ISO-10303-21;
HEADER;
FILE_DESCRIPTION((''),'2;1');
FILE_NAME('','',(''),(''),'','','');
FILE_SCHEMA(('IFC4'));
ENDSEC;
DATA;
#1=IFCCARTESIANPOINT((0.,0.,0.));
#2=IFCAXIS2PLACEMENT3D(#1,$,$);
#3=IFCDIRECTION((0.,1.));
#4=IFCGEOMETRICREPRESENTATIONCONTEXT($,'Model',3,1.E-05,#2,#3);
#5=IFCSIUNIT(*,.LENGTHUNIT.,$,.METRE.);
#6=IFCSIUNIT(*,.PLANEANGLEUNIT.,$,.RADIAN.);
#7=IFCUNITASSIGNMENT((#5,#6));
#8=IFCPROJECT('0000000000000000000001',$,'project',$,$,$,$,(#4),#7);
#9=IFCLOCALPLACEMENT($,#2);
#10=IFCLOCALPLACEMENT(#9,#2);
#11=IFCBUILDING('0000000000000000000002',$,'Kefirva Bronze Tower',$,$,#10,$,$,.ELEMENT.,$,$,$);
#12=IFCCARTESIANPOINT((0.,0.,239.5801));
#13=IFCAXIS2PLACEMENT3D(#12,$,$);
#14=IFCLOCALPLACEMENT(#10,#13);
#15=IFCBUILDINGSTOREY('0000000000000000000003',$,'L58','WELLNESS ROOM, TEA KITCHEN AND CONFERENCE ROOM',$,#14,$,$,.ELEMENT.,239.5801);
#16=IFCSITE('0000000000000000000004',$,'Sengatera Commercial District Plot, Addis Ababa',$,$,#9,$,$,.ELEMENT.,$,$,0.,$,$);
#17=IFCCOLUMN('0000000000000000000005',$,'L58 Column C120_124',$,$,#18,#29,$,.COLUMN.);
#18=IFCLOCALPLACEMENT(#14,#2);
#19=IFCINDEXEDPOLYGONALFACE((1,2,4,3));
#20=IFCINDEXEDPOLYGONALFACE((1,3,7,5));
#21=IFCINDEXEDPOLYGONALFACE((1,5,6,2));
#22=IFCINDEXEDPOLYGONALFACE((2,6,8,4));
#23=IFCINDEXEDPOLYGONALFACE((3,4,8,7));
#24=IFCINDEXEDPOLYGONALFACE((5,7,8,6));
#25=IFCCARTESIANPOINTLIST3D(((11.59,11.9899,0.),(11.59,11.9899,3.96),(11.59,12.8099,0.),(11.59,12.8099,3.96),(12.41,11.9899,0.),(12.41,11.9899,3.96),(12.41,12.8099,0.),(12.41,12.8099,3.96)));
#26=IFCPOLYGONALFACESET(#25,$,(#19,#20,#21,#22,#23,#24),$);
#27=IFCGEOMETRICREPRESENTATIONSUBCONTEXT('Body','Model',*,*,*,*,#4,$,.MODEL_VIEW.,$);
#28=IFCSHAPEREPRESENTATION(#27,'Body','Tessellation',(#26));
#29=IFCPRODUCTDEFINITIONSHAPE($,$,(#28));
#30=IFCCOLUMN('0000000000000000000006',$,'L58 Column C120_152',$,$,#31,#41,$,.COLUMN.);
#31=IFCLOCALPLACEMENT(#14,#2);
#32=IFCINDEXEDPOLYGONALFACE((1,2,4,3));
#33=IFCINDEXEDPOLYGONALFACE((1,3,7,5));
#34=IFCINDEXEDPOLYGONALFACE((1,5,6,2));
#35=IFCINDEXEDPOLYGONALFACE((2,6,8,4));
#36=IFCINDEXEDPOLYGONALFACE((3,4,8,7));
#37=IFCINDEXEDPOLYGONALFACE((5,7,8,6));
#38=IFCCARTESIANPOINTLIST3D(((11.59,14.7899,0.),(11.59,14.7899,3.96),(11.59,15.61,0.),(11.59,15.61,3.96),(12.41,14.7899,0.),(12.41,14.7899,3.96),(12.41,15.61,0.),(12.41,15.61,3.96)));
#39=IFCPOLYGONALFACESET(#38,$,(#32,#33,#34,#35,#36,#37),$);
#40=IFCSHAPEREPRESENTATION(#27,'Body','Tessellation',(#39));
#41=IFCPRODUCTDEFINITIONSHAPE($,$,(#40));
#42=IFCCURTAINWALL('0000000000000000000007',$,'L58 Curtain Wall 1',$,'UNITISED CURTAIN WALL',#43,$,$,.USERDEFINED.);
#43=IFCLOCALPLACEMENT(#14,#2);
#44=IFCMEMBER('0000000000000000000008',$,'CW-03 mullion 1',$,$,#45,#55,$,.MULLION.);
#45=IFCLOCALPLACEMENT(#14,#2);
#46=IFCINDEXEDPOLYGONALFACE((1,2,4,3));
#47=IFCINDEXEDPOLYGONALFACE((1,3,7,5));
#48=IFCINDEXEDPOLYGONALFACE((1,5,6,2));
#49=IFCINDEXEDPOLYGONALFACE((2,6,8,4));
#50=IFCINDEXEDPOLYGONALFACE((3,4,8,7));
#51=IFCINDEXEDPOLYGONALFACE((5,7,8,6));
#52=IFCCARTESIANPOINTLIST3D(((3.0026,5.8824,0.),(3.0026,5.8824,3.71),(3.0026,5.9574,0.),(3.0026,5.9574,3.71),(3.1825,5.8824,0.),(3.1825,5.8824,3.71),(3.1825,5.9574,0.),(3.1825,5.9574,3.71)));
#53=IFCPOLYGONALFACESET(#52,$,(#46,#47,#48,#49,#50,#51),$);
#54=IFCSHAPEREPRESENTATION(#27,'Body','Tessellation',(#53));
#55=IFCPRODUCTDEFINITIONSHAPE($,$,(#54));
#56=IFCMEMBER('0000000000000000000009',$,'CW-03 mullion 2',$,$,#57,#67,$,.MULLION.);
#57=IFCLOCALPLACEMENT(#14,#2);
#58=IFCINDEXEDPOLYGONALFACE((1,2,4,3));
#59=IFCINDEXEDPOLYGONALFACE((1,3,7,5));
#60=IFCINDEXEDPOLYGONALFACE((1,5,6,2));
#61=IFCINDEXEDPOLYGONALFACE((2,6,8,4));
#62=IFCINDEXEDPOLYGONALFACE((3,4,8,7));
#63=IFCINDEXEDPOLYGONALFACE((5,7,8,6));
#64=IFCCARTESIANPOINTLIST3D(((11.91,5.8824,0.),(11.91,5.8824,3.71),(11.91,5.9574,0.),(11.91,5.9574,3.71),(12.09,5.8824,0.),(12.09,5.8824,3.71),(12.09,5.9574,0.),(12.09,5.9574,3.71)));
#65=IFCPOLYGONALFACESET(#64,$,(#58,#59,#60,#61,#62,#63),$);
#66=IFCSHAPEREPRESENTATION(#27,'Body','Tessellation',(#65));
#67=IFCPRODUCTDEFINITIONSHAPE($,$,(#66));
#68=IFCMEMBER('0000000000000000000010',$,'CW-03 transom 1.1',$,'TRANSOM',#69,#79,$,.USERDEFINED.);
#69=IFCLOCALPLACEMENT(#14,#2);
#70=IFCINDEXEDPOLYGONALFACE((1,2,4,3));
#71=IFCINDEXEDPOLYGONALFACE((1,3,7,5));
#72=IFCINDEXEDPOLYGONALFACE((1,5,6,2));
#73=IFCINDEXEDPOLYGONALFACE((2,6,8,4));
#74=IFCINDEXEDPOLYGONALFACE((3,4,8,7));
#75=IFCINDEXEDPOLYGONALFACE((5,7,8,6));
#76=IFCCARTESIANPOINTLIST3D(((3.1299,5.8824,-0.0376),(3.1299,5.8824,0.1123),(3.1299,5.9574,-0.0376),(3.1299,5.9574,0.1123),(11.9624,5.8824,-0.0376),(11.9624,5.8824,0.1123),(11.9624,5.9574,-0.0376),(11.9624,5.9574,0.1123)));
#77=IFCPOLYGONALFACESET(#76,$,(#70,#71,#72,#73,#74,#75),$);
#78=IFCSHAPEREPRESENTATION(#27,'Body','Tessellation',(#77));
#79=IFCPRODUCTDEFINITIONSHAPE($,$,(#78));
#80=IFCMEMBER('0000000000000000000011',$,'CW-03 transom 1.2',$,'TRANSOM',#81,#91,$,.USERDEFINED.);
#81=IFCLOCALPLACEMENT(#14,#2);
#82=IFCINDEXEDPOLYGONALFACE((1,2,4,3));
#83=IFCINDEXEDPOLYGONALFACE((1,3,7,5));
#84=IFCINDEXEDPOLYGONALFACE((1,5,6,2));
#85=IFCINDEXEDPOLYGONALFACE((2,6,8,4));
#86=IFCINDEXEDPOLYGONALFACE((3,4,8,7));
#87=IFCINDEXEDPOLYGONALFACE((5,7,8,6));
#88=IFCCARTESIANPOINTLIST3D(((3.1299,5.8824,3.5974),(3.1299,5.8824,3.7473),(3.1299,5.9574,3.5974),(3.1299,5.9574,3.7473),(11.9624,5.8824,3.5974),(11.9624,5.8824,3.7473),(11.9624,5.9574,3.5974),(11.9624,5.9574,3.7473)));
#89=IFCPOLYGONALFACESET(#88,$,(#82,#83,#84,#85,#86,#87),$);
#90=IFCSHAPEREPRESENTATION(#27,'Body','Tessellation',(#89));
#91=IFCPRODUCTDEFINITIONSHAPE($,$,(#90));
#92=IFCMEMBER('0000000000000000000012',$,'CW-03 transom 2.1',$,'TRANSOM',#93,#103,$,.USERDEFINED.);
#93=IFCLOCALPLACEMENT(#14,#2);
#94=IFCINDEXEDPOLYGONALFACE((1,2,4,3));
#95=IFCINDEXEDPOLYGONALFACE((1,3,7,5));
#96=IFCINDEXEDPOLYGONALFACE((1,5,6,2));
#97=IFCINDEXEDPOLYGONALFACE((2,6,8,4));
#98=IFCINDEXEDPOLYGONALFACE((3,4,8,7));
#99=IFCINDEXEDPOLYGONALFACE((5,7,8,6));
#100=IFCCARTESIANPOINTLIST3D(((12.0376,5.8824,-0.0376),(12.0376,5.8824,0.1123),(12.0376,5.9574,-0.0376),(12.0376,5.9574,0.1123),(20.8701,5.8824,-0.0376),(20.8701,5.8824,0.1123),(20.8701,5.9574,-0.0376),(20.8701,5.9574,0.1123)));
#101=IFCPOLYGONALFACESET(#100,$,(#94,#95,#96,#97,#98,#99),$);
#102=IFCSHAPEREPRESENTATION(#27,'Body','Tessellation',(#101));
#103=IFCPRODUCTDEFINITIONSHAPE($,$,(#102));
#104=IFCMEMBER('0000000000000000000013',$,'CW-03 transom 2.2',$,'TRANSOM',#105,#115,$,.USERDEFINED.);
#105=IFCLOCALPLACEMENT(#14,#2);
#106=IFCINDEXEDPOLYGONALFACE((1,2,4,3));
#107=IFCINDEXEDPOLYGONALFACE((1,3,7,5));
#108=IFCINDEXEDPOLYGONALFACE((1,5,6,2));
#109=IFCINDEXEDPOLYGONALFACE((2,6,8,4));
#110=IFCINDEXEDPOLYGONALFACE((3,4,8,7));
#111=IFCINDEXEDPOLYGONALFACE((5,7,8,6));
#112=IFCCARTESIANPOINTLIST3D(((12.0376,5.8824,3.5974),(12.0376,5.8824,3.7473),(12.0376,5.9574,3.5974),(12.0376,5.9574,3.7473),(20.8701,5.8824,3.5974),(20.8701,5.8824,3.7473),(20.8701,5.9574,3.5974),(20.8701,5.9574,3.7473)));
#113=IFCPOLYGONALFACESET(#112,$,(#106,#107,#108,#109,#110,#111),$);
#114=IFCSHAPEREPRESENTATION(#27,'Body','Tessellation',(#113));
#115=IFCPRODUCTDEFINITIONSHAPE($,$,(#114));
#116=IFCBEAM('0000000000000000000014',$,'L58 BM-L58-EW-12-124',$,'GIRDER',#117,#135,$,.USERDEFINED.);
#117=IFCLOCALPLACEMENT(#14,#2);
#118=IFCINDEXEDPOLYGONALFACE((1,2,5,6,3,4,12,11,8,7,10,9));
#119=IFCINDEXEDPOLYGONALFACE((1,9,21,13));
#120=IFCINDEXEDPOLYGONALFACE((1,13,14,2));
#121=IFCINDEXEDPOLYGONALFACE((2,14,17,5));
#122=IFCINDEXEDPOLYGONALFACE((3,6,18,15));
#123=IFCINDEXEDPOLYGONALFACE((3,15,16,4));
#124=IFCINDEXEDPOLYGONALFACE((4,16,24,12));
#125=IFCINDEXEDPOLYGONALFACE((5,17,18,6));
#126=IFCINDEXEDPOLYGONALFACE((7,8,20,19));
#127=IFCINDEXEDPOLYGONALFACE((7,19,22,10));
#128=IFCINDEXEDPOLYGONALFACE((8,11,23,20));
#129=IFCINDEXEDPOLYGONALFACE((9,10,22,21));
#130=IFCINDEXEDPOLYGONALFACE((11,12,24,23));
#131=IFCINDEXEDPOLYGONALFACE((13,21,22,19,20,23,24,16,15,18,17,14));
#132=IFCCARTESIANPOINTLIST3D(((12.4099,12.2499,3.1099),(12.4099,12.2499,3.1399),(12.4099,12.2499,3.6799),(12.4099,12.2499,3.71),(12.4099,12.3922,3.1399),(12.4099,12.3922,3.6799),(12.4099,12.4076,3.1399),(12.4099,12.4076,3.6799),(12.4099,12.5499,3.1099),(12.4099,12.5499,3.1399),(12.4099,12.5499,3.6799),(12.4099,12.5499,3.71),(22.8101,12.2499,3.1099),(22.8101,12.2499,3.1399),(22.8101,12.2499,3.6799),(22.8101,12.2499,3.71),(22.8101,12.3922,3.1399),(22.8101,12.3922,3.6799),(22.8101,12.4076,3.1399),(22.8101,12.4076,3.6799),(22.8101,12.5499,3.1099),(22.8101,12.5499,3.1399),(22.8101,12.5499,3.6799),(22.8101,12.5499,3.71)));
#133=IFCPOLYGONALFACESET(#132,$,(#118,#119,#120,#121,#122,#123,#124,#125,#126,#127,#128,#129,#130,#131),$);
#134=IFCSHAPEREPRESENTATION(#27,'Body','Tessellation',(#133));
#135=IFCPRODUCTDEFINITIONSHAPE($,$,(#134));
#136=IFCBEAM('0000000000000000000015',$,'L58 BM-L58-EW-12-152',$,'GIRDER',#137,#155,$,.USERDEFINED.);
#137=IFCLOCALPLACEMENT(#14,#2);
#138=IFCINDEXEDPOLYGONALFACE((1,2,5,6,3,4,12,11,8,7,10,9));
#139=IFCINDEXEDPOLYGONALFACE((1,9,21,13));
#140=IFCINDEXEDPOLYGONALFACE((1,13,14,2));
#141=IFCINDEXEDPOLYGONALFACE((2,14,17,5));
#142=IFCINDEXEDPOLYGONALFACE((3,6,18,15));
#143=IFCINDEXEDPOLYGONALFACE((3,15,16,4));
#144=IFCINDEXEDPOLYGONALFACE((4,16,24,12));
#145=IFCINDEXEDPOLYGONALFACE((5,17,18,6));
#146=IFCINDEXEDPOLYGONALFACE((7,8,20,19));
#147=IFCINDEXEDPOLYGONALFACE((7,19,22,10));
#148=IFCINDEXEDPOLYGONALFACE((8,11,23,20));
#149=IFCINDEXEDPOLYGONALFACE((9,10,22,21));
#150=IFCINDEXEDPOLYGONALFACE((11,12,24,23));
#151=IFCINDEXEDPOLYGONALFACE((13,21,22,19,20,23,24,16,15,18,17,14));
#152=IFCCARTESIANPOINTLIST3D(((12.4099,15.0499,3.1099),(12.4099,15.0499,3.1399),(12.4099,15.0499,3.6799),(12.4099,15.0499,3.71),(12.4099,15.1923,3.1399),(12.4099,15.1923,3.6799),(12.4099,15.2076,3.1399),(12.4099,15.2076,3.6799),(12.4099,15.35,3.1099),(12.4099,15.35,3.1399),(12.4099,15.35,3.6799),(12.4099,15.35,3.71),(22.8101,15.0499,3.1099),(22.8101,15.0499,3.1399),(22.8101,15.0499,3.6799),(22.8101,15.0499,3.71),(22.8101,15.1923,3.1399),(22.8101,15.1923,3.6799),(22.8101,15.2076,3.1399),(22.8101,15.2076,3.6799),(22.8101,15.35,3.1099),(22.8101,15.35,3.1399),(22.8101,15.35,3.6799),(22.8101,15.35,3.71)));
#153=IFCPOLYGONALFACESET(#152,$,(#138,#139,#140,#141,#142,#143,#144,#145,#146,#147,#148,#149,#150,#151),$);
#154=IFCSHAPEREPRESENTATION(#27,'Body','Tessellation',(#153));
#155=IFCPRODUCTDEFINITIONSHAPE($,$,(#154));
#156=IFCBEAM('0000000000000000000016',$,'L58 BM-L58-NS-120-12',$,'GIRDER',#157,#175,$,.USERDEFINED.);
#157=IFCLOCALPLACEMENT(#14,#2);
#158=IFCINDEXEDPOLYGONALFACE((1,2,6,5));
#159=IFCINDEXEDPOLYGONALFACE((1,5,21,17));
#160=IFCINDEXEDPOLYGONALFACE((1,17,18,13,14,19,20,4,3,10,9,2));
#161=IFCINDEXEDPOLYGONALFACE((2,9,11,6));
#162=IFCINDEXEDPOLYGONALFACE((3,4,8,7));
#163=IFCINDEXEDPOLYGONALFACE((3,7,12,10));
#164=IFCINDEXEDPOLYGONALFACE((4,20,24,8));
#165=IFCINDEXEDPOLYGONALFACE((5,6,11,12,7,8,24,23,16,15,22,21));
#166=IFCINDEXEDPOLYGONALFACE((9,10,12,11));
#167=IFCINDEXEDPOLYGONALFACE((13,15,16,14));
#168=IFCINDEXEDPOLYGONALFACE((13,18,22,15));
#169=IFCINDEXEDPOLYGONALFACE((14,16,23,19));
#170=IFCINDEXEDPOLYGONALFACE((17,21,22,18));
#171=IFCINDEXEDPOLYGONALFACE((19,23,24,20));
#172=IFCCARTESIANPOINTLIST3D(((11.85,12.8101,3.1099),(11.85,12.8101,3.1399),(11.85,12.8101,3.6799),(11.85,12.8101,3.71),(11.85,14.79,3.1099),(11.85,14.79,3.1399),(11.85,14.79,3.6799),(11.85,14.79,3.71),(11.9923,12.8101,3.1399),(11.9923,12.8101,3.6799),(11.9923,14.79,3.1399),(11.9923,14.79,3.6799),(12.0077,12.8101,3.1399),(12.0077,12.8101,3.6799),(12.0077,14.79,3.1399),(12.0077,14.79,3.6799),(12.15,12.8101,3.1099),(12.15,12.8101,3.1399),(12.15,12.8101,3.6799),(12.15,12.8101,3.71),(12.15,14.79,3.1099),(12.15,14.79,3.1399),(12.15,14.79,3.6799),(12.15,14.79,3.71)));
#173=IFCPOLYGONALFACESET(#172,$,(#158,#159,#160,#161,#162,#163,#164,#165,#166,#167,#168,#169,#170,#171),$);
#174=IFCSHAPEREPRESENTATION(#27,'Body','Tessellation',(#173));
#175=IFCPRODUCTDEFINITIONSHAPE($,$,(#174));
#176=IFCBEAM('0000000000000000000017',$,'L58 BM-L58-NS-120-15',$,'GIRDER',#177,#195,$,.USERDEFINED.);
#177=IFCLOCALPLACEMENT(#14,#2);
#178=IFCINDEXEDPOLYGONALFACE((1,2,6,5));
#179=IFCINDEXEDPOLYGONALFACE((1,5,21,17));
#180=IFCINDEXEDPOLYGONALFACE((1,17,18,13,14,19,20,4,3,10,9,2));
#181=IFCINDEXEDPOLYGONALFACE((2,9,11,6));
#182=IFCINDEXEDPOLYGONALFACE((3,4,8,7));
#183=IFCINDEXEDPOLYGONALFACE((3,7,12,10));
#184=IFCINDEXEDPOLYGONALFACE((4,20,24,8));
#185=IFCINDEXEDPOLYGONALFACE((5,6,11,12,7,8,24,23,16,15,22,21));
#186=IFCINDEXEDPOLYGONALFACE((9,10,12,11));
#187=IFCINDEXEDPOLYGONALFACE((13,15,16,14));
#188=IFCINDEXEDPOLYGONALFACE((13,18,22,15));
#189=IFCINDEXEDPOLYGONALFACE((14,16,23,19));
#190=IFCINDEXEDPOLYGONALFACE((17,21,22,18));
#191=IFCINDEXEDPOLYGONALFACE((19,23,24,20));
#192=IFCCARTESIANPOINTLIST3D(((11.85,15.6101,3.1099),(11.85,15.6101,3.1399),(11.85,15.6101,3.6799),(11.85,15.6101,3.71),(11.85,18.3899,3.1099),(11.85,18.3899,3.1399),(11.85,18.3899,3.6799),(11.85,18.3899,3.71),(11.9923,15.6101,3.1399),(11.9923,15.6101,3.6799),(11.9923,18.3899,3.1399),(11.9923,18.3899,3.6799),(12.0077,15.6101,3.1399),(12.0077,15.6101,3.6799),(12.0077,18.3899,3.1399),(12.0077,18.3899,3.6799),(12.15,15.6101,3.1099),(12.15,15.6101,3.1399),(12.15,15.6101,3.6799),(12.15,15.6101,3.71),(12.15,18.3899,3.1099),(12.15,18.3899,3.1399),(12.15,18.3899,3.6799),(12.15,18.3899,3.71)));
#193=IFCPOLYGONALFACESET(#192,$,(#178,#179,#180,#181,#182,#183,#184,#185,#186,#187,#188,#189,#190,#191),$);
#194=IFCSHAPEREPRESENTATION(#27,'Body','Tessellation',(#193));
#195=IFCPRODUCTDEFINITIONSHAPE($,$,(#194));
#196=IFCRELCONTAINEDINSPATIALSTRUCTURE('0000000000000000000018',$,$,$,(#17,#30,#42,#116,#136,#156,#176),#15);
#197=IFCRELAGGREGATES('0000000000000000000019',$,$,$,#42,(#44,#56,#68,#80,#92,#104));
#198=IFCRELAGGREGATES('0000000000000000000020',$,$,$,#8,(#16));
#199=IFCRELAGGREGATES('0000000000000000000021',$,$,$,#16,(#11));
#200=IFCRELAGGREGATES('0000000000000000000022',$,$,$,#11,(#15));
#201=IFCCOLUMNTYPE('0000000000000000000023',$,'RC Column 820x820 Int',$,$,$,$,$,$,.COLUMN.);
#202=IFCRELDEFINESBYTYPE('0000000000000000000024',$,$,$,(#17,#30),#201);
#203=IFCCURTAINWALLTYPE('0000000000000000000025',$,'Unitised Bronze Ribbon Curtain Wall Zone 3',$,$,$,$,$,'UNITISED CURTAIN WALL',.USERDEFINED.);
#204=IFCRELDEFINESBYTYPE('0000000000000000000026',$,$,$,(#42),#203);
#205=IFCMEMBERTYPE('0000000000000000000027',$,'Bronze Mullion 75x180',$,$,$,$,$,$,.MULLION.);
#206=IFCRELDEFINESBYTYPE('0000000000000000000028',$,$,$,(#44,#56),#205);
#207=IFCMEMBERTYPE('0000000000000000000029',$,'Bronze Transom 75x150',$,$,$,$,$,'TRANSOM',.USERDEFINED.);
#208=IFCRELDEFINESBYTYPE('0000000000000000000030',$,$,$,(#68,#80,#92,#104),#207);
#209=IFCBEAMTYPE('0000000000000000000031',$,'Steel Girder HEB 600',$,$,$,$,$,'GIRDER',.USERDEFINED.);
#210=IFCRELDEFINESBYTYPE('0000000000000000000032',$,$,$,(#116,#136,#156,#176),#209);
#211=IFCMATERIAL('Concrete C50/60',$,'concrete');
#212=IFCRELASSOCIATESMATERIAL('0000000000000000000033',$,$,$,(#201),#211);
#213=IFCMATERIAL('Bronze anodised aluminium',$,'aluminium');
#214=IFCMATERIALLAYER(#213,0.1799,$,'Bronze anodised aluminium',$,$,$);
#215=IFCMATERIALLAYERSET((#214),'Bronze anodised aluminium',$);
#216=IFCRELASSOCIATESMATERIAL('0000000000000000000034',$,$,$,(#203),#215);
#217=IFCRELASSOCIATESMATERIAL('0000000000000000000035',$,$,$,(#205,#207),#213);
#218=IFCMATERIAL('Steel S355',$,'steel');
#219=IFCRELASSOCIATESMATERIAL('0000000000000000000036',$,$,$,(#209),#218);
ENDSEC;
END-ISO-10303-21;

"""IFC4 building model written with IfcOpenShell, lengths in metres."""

from ifc_helpers import new_model, si_unit, direction, frame, origin, origin_2d, place, context, subcontext, project, spatial, rectangle, i_section, extrude, material, layer, layer_set, material_profile, profile_set, type_object, element, aggregate, save


model = new_model("IFC4")

# Units and contexts
model_context = context("Model", 3, precision=1e-05, world=origin(), true_north=direction((0.0, 1.0)))
body_context = subcontext(model_context, "Body", "Model", "MODEL_VIEW")
ifc_project = project(units=[si_unit("LENGTHUNIT", "METRE"), si_unit("PLANEANGLEUNIT", "RADIAN")], contexts=[model_context])

# Site, building, storey
site_placement = place(None, origin())
site = spatial("IfcSite", under=ifc_project, at=site_placement, Name="Sengatera Commercial District Plot, Addis Ababa", CompositionType="ELEMENT", RefElevation=0.0)
building_placement = place(site_placement, origin())
building = spatial("IfcBuilding", under=site, at=building_placement, Name="Kefirva Bronze Tower", CompositionType="ELEMENT")
storey_placement = place(building_placement, frame((0.0, 0.0, 239.5801)))
storey = spatial("IfcBuildingStorey", under=building, at=storey_placement, Name="L58", Description="WELLNESS ROOM, TEA KITCHEN AND CONFERENCE ROOM", CompositionType="ELEMENT", Elevation=239.5801)

# Columns
ifc_material_1 = material(Name="Concrete C50/60", Category="concrete")
ifc_material_profile_1 = material_profile(ifc_material_1, rectangle(XDim=0.8201, YDim=0.8201, at=origin_2d()), Name="RC 820x820")
ifc_profile_set_1 = profile_set([ifc_material_profile_1], Name="Concrete C50/60")
column_type = type_object("IfcColumnType", Name="RC Column 820x820 Int", PredefinedType="COLUMN", material=ifc_profile_set_1)
for number, where, z_axis, x_axis, name in (
    (1, (12.0, 12.3999, 0.0), (0.0, 0.0, 1.0), (1.0, 0.0, 0.0), "L58 Column C120_124"),
    (2, (12.0, 15.2, 0.0), (0.0, 0.0, 1.0), (1.0, 0.0, 0.0), "L58 Column C120_152"),
):
    element("IfcColumn", number, at=place(storey_placement, frame(where, z_axis=z_axis, x_axis=x_axis)), inside=storey, type_object=column_type, Name=name, PredefinedType="COLUMN", context=body_context, shape_type="SweptSolid", body=[
        extrude(rectangle(XDim=0.8201, YDim=0.8201, at=origin_2d()), origin(), (0.0, 0.0, 1.0), 3.96),
    ])

# Curtain wall, members
ifc_material_2 = material(Name="Bronze anodised aluminium", Category="aluminium")
ifc_layer_1 = layer(ifc_material_2, 0.1799, Name="Bronze anodised aluminium")
ifc_layer_set_1 = layer_set([ifc_layer_1], Name="Bronze anodised aluminium")
curtain_wall_type = type_object("IfcCurtainWallType", Name="Unitised Bronze Ribbon Curtain Wall Zone 3", ElementType="UNITISED CURTAIN WALL", PredefinedType="USERDEFINED", material=ifc_layer_set_1)
curtain_wall_placement = place(storey_placement, origin())
curtain_wall = element("IfcCurtainWall", 3, at=curtain_wall_placement, inside=storey, type_object=curtain_wall_type, Name="L58 Curtain Wall 1", ObjectType="UNITISED CURTAIN WALL", PredefinedType="USERDEFINED")
ifc_material_profile_2 = material_profile(ifc_material_2, rectangle(XDim=0.075, YDim=0.1799, at=origin_2d()), Name="ALU 75x180")
ifc_profile_set_2 = profile_set([ifc_material_profile_2], Name="Bronze anodised aluminium")
member_type_1 = type_object("IfcMemberType", Name="Bronze Mullion 75x180", PredefinedType="MULLION", material=ifc_profile_set_2)
member_1_placement = place(storey_placement, frame((3.0925, 5.9199, 0.0), z_axis=(0.0, 0.0, 1.0), x_axis=(0.0, 1.0, 0.0)))
member_1 = element("IfcMember", 4, at=member_1_placement, type_object=member_type_1, Name="CW-03 mullion 1", PredefinedType="MULLION", context=body_context, shape_type="SweptSolid", body=[
    extrude(rectangle(XDim=0.075, YDim=0.1799, at=origin_2d()), origin(), (0.0, 0.0, 1.0), 3.71),
])
member_2_placement = place(storey_placement, frame((12.0, 5.9199, 0.0), z_axis=(0.0, 0.0, 1.0), x_axis=(0.0, 1.0, 0.0)))
member_2 = element("IfcMember", 5, at=member_2_placement, type_object=member_type_1, Name="CW-03 mullion 2", PredefinedType="MULLION", context=body_context, shape_type="SweptSolid", body=[
    extrude(rectangle(XDim=0.075, YDim=0.1799, at=origin_2d()), origin(), (0.0, 0.0, 1.0), 3.71),
])
ifc_material_profile_3 = material_profile(ifc_material_2, rectangle(XDim=0.075, YDim=0.1499, at=origin_2d()), Name="ALU 75x150")
ifc_profile_set_3 = profile_set([ifc_material_profile_3], Name="Bronze anodised aluminium")
member_type_2 = type_object("IfcMemberType", Name="Bronze Transom 75x150", ElementType="TRANSOM", PredefinedType="USERDEFINED", material=ifc_profile_set_3)
member_3_placement = place(storey_placement, frame((3.1299, 5.9199, 0.0374), z_axis=(1.0, 0.0, 0.0), x_axis=(0.0, 1.0, 0.0)))
member_3 = element("IfcMember", 6, at=member_3_placement, type_object=member_type_2, Name="CW-03 transom 1.1", ObjectType="TRANSOM", PredefinedType="USERDEFINED", context=body_context, shape_type="SweptSolid", body=[
    extrude(rectangle(XDim=0.075, YDim=0.1499, at=origin_2d()), origin(), (0.0, 0.0, 1.0), 8.8325),
])
member_4_placement = place(storey_placement, frame((3.1299, 5.9199, 3.6724), z_axis=(1.0, 0.0, 0.0), x_axis=(0.0, 1.0, 0.0)))
member_4 = element("IfcMember", 7, at=member_4_placement, type_object=member_type_2, Name="CW-03 transom 1.2", ObjectType="TRANSOM", PredefinedType="USERDEFINED", context=body_context, shape_type="SweptSolid", body=[
    extrude(rectangle(XDim=0.075, YDim=0.1499, at=origin_2d()), origin(), (0.0, 0.0, 1.0), 8.8325),
])
member_5_placement = place(storey_placement, frame((12.0376, 5.9199, 0.0374), z_axis=(1.0, 0.0, 0.0), x_axis=(0.0, 1.0, 0.0)))
member_5 = element("IfcMember", 8, at=member_5_placement, type_object=member_type_2, Name="CW-03 transom 2.1", ObjectType="TRANSOM", PredefinedType="USERDEFINED", context=body_context, shape_type="SweptSolid", body=[
    extrude(rectangle(XDim=0.075, YDim=0.1499, at=origin_2d()), origin(), (0.0, 0.0, 1.0), 8.8325),
])
member_6_placement = place(storey_placement, frame((12.0376, 5.9199, 3.6724), z_axis=(1.0, 0.0, 0.0), x_axis=(0.0, 1.0, 0.0)))
member_6 = element("IfcMember", 9, at=member_6_placement, type_object=member_type_2, Name="CW-03 transom 2.2", ObjectType="TRANSOM", PredefinedType="USERDEFINED", context=body_context, shape_type="SweptSolid", body=[
    extrude(rectangle(XDim=0.075, YDim=0.1499, at=origin_2d()), origin(), (0.0, 0.0, 1.0), 8.8325),
])

# Beams
ifc_material_3 = material(Name="Steel S355", Category="steel")
ifc_material_profile_4 = material_profile(ifc_material_3, i_section(OverallWidth=0.3, OverallDepth=0.6001, WebThickness=0.0154, FlangeThickness=0.03, at=origin_2d()), Name="HEB 600")
ifc_profile_set_4 = profile_set([ifc_material_profile_4], Name="Steel S355")
beam_type = type_object("IfcBeamType", Name="Steel Girder HEB 600", ElementType="GIRDER", PredefinedType="USERDEFINED", material=ifc_profile_set_4)
for number, where, z_axis, x_axis, name in (
    (10, (12.4099, 12.3999, 3.4099), (1.0, 0.0, 0.0), (0.0, 1.0, 0.0), "L58 BM-L58-EW-12-124"),
    (11, (12.4099, 15.2, 3.4099), (1.0, 0.0, 0.0), (0.0, 1.0, 0.0), "L58 BM-L58-EW-12-152"),
):
    element("IfcBeam", number, at=place(storey_placement, frame(where, z_axis=z_axis, x_axis=x_axis)), inside=storey, type_object=beam_type, Name=name, ObjectType="GIRDER", PredefinedType="USERDEFINED", context=body_context, shape_type="SweptSolid", body=[
        extrude(i_section(OverallWidth=0.3, OverallDepth=0.6001, WebThickness=0.0154, FlangeThickness=0.03, at=origin_2d()), origin(), (0.0, 0.0, 1.0), 10.4001),
    ])
beam_1_placement = place(storey_placement, frame((12.0, 12.8101, 3.4099), z_axis=(0.0, 1.0, 0.0), x_axis=(-1.0, 0.0, 0.0)))
element("IfcBeam", 12, at=beam_1_placement, inside=storey, type_object=beam_type, Name="L58 BM-L58-NS-120-12", ObjectType="GIRDER", PredefinedType="USERDEFINED", context=body_context, shape_type="SweptSolid", body=[
    extrude(i_section(OverallWidth=0.3, OverallDepth=0.6001, WebThickness=0.0154, FlangeThickness=0.03, at=origin_2d()), origin(), (0.0, 0.0, 1.0), 1.98),
])
beam_2_placement = place(storey_placement, frame((12.0, 15.6101, 3.4099), z_axis=(0.0, 1.0, 0.0), x_axis=(-1.0, 0.0, 0.0)))
element("IfcBeam", 13, at=beam_2_placement, inside=storey, type_object=beam_type, Name="L58 BM-L58-NS-120-15", ObjectType="GIRDER", PredefinedType="USERDEFINED", context=body_context, shape_type="SweptSolid", body=[
    extrude(i_section(OverallWidth=0.3, OverallDepth=0.6001, WebThickness=0.0154, FlangeThickness=0.03, at=origin_2d()), origin(), (0.0, 0.0, 1.0), 2.7798),
])

aggregate(curtain_wall, [member_1, member_2, member_3, member_4, member_5, member_6])

save(model, "model.ifc")
